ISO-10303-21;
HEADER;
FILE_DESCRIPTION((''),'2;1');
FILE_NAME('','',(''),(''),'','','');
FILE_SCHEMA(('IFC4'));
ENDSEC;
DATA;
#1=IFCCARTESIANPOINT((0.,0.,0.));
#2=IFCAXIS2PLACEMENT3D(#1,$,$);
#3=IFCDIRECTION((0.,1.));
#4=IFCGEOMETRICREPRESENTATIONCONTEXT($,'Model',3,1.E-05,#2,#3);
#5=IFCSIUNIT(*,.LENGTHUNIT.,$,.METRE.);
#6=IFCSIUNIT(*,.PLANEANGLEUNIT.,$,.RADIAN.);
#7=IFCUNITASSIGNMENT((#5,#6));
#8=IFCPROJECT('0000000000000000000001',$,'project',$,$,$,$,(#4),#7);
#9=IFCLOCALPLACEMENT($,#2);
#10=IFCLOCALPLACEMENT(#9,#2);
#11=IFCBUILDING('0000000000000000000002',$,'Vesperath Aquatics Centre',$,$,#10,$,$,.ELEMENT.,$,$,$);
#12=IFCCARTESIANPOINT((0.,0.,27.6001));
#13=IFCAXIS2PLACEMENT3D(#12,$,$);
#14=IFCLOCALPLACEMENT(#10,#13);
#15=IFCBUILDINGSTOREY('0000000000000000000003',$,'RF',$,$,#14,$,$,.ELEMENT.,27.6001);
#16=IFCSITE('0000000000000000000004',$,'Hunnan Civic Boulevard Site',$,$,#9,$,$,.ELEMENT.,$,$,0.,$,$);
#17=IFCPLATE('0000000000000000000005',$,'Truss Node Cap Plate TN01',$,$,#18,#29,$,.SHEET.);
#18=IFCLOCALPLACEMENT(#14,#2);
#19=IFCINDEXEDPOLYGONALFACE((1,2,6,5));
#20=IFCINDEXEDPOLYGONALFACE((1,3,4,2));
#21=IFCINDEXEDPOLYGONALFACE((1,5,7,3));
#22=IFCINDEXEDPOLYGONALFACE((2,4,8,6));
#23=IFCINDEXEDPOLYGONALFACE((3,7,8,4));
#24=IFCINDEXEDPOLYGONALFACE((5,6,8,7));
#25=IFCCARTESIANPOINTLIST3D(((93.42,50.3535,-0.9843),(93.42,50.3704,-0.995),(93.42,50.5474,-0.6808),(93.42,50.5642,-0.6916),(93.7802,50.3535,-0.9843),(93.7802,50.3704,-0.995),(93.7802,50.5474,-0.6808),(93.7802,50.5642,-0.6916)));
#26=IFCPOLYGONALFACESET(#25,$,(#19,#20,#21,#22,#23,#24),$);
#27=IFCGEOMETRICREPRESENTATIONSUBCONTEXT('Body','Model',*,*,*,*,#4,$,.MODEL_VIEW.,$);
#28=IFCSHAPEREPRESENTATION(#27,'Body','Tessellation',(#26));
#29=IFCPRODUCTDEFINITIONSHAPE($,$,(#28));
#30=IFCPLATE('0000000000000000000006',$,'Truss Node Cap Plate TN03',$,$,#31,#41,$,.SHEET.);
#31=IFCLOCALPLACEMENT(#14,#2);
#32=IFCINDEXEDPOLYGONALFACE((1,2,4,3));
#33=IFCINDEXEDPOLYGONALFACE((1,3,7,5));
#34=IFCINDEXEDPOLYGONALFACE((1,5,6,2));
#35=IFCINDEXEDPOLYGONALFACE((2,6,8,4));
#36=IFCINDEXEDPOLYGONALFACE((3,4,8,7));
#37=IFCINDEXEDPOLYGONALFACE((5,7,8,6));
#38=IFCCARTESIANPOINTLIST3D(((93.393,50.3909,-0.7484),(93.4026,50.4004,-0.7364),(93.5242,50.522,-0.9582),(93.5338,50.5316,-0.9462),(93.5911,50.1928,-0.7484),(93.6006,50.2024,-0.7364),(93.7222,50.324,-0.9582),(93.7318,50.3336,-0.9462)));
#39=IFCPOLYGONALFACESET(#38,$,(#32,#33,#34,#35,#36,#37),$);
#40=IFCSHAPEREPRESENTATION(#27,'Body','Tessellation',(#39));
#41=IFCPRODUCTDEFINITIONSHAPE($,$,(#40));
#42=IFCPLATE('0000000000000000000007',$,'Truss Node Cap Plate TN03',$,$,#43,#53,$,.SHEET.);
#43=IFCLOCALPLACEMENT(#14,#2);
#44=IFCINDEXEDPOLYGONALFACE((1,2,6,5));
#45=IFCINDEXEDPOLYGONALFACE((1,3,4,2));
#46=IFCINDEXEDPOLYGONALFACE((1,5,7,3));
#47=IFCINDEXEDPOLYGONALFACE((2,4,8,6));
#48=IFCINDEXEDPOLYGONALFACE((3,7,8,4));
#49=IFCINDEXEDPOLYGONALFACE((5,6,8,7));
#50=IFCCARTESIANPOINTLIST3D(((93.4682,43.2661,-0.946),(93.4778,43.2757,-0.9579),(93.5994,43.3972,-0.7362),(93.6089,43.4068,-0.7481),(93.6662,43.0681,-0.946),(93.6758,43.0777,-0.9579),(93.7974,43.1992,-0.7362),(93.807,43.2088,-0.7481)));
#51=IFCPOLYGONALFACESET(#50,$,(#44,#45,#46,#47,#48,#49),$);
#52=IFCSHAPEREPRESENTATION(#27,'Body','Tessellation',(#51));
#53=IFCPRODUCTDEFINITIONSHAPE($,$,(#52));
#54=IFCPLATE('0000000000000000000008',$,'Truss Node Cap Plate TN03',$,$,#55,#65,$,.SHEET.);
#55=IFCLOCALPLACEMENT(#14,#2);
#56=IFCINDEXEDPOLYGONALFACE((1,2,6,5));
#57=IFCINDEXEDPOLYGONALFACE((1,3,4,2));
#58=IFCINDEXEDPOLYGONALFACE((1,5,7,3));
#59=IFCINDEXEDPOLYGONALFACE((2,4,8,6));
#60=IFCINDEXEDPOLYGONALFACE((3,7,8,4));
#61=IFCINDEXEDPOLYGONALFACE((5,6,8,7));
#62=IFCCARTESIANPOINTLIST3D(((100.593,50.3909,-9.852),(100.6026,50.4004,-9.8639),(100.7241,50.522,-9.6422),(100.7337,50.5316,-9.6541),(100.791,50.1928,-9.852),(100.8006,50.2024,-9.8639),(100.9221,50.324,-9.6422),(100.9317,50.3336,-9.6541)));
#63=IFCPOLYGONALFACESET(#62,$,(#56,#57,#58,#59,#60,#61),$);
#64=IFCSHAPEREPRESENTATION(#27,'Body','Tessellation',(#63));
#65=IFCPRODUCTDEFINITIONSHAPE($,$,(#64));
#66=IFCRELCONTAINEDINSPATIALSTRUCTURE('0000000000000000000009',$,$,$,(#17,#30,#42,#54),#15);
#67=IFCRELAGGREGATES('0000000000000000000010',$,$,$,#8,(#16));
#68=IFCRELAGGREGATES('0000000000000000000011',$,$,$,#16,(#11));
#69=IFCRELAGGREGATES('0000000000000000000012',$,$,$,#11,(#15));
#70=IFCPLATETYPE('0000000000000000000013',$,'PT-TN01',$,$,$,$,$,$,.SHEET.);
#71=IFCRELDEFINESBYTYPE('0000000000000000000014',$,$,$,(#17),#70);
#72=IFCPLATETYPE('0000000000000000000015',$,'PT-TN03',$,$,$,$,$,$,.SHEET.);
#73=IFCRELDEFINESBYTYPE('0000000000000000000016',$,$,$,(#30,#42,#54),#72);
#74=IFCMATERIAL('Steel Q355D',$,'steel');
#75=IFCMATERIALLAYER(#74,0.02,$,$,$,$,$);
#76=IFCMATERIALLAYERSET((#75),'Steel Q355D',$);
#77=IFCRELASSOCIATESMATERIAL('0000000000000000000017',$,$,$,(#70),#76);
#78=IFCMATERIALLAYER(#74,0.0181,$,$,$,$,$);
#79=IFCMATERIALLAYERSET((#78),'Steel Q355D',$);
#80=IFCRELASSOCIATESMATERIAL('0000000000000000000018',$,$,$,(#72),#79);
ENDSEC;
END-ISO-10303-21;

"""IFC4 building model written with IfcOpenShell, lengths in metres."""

from ifc_helpers import new_model, si_unit, direction, frame, origin, origin_2d, place, context, subcontext, project, spatial, rectangle, extrude, material, layer, layer_set, type_object, element, save


model = new_model("IFC4")

# Units and contexts
model_context = context("Model", 3, precision=1e-05, world=origin(), true_north=direction((0.0, 1.0)))
body_context = subcontext(model_context, "Body", "Model", "MODEL_VIEW")
ifc_project = project(units=[si_unit("LENGTHUNIT", "METRE"), si_unit("PLANEANGLEUNIT", "RADIAN")], contexts=[model_context])

# Site, building, storey
site_placement = place(None, origin())
site = spatial("IfcSite", under=ifc_project, at=site_placement, Name="Hunnan Civic Boulevard Site", CompositionType="ELEMENT", RefElevation=0.0)
building_placement = place(site_placement, origin())
building = spatial("IfcBuilding", under=site, at=building_placement, Name="Vesperath Aquatics Centre", CompositionType="ELEMENT")
storey_placement = place(building_placement, frame((0.0, 0.0, 27.6001)))
storey = spatial("IfcBuildingStorey", under=building, at=storey_placement, Name="RF", CompositionType="ELEMENT", Elevation=27.6001)

# Shared definitions
ifc_material_1 = material(Name="Steel Q355D", Category="steel")

# Plates
ifc_layer_1 = layer(ifc_material_1, 0.02)
ifc_layer_set_1 = layer_set([ifc_layer_1], Name="Steel Q355D")
plate_type_1 = type_object("IfcPlateType", Name="PT-TN01", PredefinedType="SHEET", material=ifc_layer_set_1)
for number, where, z_axis, x_axis, name in (
    (1, (93.6001, 50.4504, -0.8325), (0.0, 0.842696, -0.538389), (-1.0, 0.0, 0.0), "Truss Node Cap Plate TN01"),
):
    element("IfcPlate", number, at=place(storey_placement, frame(where, z_axis=z_axis, x_axis=x_axis)), inside=storey, type_object=plate_type_1, Name=name, PredefinedType="SHEET", context=body_context, shape_type="SweptSolid", body=[
        extrude(rectangle(XDim=0.3601, YDim=0.3601, at=origin_2d()), origin(), (0.0, 0.0, 1.0), 0.02),
    ])
ifc_layer_2 = layer(ifc_material_1, 0.0181)
ifc_layer_set_2 = layer_set([ifc_layer_2], Name="Steel Q355D")
plate_type_2 = type_object("IfcPlateType", Name="PT-TN03", PredefinedType="SHEET", material=ifc_layer_set_2)
for number, where, z_axis, x_axis, name in (
    (2, (93.5576, 50.3574, -0.8533), (0.529813, 0.529813, 0.662266), (-0.707107, 0.707107, 0.0), "Truss Node Cap Plate TN03"),
    (3, (93.6328, 43.2327, -0.8411), (0.529813, 0.529813, -0.662266), (-0.707107, 0.707107, 0.0), "Truss Node Cap Plate TN03"),
    (4, (100.7576, 50.3574, -9.7471), (0.529813, 0.529813, -0.662266), (-0.707107, 0.707107, 0.0), "Truss Node Cap Plate TN03"),
):
    element("IfcPlate", number, at=place(storey_placement, frame(where, z_axis=z_axis, x_axis=x_axis)), inside=storey, type_object=plate_type_2, Name=name, PredefinedType="SHEET", context=body_context, shape_type="SweptSolid", body=[
        extrude(rectangle(XDim=0.28, YDim=0.28, at=origin_2d()), origin(), (0.0, 0.0, 1.0), 0.0181),
    ])

save(model, "model.ifc")
